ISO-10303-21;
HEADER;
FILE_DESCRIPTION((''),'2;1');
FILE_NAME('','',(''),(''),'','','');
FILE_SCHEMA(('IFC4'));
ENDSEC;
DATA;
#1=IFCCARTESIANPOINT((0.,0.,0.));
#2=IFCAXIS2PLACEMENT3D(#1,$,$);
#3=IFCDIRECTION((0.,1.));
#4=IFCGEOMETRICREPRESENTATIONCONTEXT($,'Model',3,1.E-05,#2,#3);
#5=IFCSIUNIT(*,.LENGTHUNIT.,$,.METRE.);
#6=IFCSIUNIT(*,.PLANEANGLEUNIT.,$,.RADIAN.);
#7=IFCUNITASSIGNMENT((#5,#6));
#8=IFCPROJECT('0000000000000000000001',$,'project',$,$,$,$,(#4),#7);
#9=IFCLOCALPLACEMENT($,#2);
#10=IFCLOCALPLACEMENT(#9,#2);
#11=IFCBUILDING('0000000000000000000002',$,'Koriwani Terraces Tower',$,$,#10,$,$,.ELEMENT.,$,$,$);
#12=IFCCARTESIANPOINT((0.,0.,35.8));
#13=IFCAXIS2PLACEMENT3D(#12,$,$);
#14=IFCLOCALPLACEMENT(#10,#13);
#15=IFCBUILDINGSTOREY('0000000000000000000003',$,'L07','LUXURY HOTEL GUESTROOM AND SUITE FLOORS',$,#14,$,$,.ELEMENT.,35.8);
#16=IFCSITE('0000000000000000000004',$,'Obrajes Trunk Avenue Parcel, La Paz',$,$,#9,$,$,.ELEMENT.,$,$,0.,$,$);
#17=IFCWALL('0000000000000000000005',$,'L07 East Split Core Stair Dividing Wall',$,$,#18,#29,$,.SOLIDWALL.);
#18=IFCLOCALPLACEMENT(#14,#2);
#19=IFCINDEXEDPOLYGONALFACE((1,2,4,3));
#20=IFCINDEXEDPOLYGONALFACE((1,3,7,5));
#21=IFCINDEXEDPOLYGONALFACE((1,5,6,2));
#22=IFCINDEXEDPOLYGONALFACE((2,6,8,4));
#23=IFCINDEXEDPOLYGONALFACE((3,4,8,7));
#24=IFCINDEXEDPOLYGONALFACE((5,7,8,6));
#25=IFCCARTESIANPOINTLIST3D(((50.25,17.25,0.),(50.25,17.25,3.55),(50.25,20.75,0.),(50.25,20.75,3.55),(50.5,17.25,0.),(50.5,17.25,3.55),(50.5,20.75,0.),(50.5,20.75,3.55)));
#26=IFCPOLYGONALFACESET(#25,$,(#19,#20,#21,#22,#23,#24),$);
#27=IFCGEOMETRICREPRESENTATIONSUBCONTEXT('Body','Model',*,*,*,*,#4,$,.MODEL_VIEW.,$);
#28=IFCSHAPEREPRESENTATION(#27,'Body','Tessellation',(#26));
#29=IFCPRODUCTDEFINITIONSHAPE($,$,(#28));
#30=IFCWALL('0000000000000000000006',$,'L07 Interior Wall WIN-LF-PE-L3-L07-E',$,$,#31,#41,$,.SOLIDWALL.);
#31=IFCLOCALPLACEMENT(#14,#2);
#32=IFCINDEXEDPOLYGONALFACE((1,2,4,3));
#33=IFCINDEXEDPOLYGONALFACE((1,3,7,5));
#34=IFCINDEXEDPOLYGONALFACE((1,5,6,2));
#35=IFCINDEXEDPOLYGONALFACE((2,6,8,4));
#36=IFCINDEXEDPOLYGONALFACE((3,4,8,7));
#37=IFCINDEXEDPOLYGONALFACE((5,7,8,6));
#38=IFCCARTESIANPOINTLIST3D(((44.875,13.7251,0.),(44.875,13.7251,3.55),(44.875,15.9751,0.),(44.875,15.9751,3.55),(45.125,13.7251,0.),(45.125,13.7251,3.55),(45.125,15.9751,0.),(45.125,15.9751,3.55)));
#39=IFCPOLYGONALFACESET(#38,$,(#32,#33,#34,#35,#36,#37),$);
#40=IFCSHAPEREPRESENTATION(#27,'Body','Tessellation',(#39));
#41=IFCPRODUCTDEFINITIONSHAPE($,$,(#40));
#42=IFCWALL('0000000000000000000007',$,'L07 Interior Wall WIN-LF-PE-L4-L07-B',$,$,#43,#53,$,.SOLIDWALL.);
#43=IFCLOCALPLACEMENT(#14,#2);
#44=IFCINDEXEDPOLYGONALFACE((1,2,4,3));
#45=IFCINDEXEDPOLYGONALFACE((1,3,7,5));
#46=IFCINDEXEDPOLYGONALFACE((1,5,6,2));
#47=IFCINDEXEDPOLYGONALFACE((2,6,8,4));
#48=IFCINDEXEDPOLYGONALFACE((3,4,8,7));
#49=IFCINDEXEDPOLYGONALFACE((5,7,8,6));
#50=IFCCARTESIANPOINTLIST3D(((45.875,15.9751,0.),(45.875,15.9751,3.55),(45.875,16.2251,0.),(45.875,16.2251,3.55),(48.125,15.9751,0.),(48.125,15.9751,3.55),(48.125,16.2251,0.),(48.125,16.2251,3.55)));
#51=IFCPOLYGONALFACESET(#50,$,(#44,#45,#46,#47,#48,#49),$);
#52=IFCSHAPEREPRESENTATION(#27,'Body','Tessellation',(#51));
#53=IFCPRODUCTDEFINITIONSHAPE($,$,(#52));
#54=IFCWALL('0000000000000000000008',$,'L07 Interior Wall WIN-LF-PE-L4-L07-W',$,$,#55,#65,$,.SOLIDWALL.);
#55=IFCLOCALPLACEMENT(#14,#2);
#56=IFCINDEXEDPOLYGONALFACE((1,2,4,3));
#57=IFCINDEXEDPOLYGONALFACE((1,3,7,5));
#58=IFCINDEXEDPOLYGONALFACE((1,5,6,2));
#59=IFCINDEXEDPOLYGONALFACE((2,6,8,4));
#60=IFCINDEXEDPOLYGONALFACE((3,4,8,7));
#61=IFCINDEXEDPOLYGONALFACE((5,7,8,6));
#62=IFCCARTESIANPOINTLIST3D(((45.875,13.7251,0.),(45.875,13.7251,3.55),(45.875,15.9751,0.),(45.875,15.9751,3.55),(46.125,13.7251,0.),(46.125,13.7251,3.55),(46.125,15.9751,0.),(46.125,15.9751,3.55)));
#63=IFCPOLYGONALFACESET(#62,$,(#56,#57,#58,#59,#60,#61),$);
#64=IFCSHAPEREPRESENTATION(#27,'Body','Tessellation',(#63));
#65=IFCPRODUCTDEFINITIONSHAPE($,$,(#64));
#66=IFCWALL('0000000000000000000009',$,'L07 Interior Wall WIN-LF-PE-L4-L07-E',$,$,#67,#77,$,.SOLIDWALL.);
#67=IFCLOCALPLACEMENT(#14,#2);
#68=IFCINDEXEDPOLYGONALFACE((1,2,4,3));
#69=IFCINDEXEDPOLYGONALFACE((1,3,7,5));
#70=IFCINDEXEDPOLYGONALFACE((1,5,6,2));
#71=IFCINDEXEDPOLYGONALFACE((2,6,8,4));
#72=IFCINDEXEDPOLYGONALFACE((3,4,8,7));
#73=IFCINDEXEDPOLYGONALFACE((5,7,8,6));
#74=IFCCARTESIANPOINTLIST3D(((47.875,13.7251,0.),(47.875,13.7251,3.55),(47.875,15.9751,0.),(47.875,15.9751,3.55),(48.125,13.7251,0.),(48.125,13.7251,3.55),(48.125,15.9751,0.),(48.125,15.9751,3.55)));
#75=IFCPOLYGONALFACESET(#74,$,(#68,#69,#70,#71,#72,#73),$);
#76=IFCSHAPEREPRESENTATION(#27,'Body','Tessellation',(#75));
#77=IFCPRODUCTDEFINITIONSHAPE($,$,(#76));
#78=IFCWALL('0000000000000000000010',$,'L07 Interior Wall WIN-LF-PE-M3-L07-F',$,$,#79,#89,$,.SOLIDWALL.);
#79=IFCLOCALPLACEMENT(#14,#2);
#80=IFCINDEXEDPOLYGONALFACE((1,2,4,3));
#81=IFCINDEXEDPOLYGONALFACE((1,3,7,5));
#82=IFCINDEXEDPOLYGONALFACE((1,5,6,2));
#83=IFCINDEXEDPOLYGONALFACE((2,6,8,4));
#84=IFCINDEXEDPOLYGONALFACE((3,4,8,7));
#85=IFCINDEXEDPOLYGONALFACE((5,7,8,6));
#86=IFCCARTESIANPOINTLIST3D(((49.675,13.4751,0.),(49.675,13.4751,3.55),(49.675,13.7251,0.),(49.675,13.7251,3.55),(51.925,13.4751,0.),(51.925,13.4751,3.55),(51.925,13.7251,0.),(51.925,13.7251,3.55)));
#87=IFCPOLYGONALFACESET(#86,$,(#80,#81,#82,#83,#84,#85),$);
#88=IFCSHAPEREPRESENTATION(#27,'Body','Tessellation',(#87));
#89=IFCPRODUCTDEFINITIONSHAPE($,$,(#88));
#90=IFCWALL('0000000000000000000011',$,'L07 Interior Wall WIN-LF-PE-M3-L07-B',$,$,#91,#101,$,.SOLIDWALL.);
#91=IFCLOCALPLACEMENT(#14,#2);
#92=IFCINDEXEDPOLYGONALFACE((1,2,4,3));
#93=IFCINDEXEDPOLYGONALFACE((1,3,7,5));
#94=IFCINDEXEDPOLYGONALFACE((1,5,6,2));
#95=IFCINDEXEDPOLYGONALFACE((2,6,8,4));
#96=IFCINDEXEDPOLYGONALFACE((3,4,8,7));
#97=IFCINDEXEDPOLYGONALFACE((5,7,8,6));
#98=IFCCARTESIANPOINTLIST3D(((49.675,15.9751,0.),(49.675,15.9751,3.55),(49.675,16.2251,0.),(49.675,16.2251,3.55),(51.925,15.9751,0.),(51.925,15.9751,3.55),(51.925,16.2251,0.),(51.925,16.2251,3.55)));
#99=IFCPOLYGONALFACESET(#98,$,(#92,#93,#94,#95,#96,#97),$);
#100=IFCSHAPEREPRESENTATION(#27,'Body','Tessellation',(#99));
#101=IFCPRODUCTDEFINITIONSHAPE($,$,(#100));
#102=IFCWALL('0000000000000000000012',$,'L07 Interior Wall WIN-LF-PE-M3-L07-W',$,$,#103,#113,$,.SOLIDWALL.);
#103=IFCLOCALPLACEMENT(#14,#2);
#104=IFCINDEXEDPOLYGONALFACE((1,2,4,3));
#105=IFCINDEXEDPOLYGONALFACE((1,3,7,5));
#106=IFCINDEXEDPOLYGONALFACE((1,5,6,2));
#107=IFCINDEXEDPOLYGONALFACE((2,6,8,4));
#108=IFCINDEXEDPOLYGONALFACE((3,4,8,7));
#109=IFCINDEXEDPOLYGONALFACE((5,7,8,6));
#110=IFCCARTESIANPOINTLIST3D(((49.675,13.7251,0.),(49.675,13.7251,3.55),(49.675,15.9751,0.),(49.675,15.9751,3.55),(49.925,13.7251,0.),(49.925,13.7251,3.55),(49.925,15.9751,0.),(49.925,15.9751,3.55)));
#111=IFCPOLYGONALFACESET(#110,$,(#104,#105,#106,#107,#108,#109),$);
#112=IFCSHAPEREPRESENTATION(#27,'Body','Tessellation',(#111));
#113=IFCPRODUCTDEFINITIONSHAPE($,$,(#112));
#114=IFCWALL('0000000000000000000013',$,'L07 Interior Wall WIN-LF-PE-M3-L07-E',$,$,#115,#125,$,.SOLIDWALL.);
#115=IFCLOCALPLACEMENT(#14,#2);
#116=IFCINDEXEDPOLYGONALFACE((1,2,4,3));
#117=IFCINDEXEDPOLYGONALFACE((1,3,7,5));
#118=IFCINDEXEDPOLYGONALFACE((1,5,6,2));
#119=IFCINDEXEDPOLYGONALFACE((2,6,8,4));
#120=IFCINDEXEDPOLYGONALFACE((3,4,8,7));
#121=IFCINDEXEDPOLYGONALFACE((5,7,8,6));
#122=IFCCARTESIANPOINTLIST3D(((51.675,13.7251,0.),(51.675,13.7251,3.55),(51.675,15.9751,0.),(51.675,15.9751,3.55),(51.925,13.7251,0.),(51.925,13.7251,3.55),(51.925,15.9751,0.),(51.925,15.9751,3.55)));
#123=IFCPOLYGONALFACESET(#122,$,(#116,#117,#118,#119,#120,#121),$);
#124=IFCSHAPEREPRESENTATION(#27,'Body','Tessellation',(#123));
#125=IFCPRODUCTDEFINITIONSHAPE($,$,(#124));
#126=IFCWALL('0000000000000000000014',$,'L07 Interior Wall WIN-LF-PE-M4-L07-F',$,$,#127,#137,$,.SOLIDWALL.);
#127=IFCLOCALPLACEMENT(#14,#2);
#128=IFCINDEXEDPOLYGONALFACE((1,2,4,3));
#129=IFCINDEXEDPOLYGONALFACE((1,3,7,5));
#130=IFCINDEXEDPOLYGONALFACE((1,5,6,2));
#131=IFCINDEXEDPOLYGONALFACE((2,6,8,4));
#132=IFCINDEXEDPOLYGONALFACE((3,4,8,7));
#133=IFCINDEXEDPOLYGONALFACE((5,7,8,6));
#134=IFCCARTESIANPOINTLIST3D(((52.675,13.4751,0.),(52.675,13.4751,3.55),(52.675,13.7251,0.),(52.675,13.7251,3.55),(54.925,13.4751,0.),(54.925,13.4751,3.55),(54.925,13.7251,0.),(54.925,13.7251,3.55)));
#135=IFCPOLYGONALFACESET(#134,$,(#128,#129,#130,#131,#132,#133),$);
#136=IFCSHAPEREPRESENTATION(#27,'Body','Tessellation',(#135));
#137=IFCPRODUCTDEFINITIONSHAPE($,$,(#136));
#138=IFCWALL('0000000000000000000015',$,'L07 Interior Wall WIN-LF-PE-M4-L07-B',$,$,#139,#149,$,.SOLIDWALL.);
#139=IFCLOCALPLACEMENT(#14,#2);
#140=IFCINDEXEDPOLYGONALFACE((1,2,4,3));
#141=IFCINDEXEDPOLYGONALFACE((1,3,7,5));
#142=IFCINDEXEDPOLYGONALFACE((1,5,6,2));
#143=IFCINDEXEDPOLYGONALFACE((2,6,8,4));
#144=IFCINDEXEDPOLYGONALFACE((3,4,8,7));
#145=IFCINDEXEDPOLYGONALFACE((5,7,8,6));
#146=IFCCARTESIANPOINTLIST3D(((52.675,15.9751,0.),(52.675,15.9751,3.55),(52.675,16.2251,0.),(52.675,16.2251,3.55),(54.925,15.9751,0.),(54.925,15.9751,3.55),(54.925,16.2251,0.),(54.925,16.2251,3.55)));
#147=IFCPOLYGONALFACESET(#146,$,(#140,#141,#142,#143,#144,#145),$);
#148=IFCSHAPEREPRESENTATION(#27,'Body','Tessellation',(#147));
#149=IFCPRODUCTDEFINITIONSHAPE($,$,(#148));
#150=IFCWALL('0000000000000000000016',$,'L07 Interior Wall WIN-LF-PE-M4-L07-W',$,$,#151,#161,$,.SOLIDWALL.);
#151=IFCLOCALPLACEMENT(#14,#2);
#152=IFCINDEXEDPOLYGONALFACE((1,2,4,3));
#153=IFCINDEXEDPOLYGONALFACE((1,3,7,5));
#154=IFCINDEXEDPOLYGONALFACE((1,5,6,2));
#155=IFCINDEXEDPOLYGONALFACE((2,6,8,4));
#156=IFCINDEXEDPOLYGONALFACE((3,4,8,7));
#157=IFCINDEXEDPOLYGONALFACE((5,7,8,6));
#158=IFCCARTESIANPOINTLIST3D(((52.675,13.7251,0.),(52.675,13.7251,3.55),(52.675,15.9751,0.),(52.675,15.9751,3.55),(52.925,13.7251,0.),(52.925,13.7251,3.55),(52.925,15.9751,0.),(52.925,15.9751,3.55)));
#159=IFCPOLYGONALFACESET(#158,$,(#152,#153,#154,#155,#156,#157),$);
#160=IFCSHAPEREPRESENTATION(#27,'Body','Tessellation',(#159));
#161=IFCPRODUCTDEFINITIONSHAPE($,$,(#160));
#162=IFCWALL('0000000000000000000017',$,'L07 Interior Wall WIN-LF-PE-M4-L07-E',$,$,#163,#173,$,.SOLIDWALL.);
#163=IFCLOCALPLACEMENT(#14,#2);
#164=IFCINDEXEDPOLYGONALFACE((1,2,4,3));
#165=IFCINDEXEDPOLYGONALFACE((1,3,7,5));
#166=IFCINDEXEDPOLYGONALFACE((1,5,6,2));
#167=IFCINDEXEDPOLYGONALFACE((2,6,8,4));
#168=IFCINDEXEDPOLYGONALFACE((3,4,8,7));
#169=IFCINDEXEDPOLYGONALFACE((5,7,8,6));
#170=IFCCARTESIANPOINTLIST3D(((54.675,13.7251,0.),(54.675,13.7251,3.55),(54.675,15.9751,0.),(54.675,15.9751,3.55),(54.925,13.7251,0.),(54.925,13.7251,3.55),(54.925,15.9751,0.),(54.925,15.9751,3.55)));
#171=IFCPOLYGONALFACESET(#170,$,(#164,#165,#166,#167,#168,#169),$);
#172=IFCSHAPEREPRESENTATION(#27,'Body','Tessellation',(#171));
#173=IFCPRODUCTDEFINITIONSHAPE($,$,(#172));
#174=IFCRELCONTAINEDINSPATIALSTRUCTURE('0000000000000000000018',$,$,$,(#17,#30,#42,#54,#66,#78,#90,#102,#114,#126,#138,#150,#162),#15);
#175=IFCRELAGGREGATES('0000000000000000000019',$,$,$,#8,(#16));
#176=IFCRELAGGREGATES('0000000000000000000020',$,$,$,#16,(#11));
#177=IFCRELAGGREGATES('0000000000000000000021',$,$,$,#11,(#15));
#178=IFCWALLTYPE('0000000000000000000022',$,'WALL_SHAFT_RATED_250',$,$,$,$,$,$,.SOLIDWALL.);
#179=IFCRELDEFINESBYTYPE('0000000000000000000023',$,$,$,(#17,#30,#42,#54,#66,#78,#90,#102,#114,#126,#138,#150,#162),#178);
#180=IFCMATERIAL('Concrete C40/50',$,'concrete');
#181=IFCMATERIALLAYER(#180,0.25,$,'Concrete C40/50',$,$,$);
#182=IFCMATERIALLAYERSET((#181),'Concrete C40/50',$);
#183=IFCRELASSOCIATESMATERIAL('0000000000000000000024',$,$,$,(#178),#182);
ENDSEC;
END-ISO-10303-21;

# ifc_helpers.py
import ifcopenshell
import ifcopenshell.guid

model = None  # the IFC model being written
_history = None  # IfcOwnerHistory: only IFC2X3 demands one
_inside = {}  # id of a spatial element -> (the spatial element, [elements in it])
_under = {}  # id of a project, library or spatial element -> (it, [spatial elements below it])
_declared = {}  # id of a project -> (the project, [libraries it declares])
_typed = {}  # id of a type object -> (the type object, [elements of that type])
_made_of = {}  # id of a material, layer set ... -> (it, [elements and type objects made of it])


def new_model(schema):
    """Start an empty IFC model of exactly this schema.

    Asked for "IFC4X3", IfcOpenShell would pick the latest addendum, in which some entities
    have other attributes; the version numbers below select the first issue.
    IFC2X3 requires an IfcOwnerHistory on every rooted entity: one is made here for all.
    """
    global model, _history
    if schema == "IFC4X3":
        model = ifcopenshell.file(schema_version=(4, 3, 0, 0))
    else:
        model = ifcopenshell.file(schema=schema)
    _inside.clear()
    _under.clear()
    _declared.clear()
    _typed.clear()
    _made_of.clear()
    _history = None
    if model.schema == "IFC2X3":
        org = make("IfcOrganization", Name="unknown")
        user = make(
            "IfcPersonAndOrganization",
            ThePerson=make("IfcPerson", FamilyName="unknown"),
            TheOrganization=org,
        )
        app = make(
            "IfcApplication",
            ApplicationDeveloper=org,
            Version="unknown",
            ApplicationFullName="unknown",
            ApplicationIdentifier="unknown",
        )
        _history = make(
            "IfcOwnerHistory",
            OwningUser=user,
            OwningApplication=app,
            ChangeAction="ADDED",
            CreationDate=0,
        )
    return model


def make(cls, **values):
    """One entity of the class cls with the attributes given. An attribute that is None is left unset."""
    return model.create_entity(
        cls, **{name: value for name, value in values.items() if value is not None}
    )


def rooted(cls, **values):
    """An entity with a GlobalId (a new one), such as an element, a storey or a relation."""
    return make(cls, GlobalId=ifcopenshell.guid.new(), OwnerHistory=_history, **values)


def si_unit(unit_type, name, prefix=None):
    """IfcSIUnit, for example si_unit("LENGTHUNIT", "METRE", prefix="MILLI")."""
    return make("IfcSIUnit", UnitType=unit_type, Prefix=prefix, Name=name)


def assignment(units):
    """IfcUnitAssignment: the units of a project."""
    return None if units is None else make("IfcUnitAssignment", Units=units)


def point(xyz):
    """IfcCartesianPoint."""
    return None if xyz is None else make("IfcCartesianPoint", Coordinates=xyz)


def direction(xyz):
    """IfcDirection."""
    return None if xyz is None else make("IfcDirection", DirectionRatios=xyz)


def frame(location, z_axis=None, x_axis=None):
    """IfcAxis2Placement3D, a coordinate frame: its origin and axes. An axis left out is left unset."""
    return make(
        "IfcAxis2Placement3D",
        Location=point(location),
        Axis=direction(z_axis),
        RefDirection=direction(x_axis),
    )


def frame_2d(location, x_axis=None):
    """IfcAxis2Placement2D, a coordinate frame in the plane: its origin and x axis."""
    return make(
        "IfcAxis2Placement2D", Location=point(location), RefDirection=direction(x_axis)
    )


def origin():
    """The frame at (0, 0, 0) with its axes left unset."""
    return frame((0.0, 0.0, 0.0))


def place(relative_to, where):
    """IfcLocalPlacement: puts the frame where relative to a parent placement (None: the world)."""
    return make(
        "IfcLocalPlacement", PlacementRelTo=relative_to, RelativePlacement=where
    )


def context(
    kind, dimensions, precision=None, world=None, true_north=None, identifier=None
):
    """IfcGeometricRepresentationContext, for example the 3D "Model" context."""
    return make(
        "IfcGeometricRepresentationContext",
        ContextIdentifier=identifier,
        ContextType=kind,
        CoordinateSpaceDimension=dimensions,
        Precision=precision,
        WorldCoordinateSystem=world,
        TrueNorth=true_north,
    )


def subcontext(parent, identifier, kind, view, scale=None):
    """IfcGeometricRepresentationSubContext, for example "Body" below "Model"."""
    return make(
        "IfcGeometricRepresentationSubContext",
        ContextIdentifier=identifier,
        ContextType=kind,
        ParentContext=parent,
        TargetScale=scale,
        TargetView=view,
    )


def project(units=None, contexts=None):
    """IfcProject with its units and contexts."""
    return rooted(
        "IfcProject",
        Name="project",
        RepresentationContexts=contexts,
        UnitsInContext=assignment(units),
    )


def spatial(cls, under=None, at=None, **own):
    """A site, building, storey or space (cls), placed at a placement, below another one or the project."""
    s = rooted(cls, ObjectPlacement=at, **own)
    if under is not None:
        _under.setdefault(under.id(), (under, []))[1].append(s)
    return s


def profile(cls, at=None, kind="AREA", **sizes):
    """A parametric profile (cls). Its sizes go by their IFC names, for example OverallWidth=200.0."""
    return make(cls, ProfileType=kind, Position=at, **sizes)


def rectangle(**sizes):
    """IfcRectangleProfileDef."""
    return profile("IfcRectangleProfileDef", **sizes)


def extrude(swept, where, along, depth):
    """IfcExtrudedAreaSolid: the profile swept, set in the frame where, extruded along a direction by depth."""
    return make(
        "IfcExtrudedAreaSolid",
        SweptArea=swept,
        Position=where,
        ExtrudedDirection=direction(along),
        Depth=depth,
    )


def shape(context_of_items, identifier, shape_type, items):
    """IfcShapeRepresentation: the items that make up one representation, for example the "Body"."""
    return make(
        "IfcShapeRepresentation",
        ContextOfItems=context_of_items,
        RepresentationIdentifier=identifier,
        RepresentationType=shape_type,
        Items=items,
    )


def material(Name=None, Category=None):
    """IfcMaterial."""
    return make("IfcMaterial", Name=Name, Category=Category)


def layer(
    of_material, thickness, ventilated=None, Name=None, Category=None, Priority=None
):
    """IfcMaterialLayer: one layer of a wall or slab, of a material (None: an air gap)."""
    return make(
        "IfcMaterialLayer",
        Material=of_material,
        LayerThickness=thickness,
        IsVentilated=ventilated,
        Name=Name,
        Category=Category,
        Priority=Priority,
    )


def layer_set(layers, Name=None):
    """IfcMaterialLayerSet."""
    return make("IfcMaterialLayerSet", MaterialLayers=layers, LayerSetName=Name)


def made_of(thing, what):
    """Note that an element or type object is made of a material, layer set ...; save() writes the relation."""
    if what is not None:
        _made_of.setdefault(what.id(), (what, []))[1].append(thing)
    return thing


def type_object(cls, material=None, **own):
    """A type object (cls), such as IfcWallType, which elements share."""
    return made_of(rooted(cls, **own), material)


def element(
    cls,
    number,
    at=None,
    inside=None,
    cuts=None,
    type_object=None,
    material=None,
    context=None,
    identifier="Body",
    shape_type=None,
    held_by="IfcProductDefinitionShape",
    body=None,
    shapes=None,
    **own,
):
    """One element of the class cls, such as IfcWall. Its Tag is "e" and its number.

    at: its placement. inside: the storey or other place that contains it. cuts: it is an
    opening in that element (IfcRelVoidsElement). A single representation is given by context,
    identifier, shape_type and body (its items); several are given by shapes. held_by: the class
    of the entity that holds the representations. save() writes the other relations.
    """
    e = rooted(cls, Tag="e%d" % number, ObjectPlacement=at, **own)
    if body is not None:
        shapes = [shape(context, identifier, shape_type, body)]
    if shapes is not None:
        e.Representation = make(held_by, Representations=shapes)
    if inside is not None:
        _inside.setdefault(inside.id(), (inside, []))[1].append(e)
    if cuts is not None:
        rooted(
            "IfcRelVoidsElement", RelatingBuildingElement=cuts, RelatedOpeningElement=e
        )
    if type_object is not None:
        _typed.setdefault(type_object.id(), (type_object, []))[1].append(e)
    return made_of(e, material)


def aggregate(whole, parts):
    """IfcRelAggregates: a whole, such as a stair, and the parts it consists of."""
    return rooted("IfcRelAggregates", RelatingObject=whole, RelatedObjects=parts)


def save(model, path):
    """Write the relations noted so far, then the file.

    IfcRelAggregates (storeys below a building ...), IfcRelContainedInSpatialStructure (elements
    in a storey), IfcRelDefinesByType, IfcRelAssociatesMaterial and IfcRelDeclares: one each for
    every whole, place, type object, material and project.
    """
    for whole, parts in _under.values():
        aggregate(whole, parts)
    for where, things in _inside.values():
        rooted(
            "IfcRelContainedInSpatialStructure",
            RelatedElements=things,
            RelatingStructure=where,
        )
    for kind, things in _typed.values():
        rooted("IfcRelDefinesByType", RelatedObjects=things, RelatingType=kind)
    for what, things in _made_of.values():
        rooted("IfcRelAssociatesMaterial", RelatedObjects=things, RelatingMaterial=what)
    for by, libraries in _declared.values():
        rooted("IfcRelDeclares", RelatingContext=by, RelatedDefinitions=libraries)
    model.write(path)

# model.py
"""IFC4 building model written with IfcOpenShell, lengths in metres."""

from ifc_helpers import new_model, si_unit, direction, frame, frame_2d, origin, place, context, subcontext, project, spatial, rectangle, extrude, material, layer, layer_set, type_object, element, save


model = new_model("IFC4")

# Units and contexts
model_context = context("Model", 3, precision=1e-05, world=origin(), true_north=direction((0.0, 1.0)))
body_context = subcontext(model_context, "Body", "Model", "MODEL_VIEW")
ifc_project = project(units=[si_unit("LENGTHUNIT", "METRE"), si_unit("PLANEANGLEUNIT", "RADIAN")], contexts=[model_context])

# Site, building, storey
site_placement = place(None, origin())
site = spatial("IfcSite", under=ifc_project, at=site_placement, Name="Obrajes Trunk Avenue Parcel, La Paz", CompositionType="ELEMENT", RefElevation=0.0)
building_placement = place(site_placement, origin())
building = spatial("IfcBuilding", under=site, at=building_placement, Name="Koriwani Terraces Tower", CompositionType="ELEMENT")
storey_placement = place(building_placement, frame((0.0, 0.0, 35.8)))
storey = spatial("IfcBuildingStorey", under=building, at=storey_placement, Name="L07", Description="LUXURY HOTEL GUESTROOM AND SUITE FLOORS", CompositionType="ELEMENT", Elevation=35.8)

# Shared definitions
ifc_material_1 = material(Name="Concrete C40/50", Category="concrete")

# Walls
ifc_layer_1 = layer(ifc_material_1, 0.25, Name="Concrete C40/50")
ifc_layer_set_1 = layer_set([ifc_layer_1], Name="Concrete C40/50")
wall_type_1 = type_object("IfcWallType", Name="WALL_SHAFT_RATED_250", PredefinedType="SOLIDWALL", material=ifc_layer_set_1)
wall_1_placement = place(storey_placement, frame((50.375, 17.25, 0.0), z_axis=(0.0, 0.0, 1.0), x_axis=(0.0, 1.0, 0.0)))
element("IfcWall", 1, at=wall_1_placement, inside=storey, type_object=wall_type_1, Name="L07 East Split Core Stair Dividing Wall", PredefinedType="SOLIDWALL", context=body_context, shape_type="SweptSolid", body=[
    extrude(rectangle(XDim=3.5, YDim=0.25, at=frame_2d((1.75, 0.0))), origin(), (0.0, 0.0, 1.0), 3.55),
])
wall_2_placement = place(storey_placement, frame((45.0, 13.7251, 0.0), z_axis=(0.0, 0.0, 1.0), x_axis=(0.0, 1.0, 0.0)))
element("IfcWall", 2, at=wall_2_placement, inside=storey, type_object=wall_type_1, Name="L07 Interior Wall WIN-LF-PE-L3-L07-E", PredefinedType="SOLIDWALL", context=body_context, shape_type="SweptSolid", body=[
    extrude(rectangle(XDim=2.25, YDim=0.25, at=frame_2d((1.125, 0.0))), origin(), (0.0, 0.0, 1.0), 3.55),
])

# Walls
for number, where, z_axis, x_axis, name in (
    (3, (45.875, 16.1001, 0.0), (0.0, 0.0, 1.0), (1.0, 0.0, 0.0), "L07 Interior Wall WIN-LF-PE-L4-L07-B"),
    (4, (46.0, 13.7251, 0.0), (0.0, 0.0, 1.0), (0.0, 1.0, 0.0), "L07 Interior Wall WIN-LF-PE-L4-L07-W"),
    (5, (48.0, 13.7251, 0.0), (0.0, 0.0, 1.0), (0.0, 1.0, 0.0), "L07 Interior Wall WIN-LF-PE-L4-L07-E"),
    (6, (49.675, 13.6001, 0.0), (0.0, 0.0, 1.0), (1.0, 0.0, 0.0), "L07 Interior Wall WIN-LF-PE-M3-L07-F"),
    (7, (49.675, 16.1001, 0.0), (0.0, 0.0, 1.0), (1.0, 0.0, 0.0), "L07 Interior Wall WIN-LF-PE-M3-L07-B"),
    (8, (49.8, 13.7251, 0.0), (0.0, 0.0, 1.0), (0.0, 1.0, 0.0), "L07 Interior Wall WIN-LF-PE-M3-L07-W"),
    (9, (51.8, 13.7251, 0.0), (0.0, 0.0, 1.0), (0.0, 1.0, 0.0), "L07 Interior Wall WIN-LF-PE-M3-L07-E"),
    (10, (52.675, 13.6001, 0.0), (0.0, 0.0, 1.0), (1.0, 0.0, 0.0), "L07 Interior Wall WIN-LF-PE-M4-L07-F"),
    (11, (52.675, 16.1001, 0.0), (0.0, 0.0, 1.0), (1.0, 0.0, 0.0), "L07 Interior Wall WIN-LF-PE-M4-L07-B"),
    (12, (52.8, 13.7251, 0.0), (0.0, 0.0, 1.0), (0.0, 1.0, 0.0), "L07 Interior Wall WIN-LF-PE-M4-L07-W"),
    (13, (54.8, 13.7251, 0.0), (0.0, 0.0, 1.0), (0.0, 1.0, 0.0), "L07 Interior Wall WIN-LF-PE-M4-L07-E"),
):
    element("IfcWall", number, at=place(storey_placement, frame(where, z_axis=z_axis, x_axis=x_axis)), inside=storey, type_object=wall_type_1, Name=name, PredefinedType="SOLIDWALL", context=body_context, shape_type="SweptSolid", body=[
        extrude(rectangle(XDim=2.25, YDim=0.25, at=frame_2d((1.125, 0.0))), origin(), (0.0, 0.0, 1.0), 3.55),
    ])

save(model, "model.ifc")
